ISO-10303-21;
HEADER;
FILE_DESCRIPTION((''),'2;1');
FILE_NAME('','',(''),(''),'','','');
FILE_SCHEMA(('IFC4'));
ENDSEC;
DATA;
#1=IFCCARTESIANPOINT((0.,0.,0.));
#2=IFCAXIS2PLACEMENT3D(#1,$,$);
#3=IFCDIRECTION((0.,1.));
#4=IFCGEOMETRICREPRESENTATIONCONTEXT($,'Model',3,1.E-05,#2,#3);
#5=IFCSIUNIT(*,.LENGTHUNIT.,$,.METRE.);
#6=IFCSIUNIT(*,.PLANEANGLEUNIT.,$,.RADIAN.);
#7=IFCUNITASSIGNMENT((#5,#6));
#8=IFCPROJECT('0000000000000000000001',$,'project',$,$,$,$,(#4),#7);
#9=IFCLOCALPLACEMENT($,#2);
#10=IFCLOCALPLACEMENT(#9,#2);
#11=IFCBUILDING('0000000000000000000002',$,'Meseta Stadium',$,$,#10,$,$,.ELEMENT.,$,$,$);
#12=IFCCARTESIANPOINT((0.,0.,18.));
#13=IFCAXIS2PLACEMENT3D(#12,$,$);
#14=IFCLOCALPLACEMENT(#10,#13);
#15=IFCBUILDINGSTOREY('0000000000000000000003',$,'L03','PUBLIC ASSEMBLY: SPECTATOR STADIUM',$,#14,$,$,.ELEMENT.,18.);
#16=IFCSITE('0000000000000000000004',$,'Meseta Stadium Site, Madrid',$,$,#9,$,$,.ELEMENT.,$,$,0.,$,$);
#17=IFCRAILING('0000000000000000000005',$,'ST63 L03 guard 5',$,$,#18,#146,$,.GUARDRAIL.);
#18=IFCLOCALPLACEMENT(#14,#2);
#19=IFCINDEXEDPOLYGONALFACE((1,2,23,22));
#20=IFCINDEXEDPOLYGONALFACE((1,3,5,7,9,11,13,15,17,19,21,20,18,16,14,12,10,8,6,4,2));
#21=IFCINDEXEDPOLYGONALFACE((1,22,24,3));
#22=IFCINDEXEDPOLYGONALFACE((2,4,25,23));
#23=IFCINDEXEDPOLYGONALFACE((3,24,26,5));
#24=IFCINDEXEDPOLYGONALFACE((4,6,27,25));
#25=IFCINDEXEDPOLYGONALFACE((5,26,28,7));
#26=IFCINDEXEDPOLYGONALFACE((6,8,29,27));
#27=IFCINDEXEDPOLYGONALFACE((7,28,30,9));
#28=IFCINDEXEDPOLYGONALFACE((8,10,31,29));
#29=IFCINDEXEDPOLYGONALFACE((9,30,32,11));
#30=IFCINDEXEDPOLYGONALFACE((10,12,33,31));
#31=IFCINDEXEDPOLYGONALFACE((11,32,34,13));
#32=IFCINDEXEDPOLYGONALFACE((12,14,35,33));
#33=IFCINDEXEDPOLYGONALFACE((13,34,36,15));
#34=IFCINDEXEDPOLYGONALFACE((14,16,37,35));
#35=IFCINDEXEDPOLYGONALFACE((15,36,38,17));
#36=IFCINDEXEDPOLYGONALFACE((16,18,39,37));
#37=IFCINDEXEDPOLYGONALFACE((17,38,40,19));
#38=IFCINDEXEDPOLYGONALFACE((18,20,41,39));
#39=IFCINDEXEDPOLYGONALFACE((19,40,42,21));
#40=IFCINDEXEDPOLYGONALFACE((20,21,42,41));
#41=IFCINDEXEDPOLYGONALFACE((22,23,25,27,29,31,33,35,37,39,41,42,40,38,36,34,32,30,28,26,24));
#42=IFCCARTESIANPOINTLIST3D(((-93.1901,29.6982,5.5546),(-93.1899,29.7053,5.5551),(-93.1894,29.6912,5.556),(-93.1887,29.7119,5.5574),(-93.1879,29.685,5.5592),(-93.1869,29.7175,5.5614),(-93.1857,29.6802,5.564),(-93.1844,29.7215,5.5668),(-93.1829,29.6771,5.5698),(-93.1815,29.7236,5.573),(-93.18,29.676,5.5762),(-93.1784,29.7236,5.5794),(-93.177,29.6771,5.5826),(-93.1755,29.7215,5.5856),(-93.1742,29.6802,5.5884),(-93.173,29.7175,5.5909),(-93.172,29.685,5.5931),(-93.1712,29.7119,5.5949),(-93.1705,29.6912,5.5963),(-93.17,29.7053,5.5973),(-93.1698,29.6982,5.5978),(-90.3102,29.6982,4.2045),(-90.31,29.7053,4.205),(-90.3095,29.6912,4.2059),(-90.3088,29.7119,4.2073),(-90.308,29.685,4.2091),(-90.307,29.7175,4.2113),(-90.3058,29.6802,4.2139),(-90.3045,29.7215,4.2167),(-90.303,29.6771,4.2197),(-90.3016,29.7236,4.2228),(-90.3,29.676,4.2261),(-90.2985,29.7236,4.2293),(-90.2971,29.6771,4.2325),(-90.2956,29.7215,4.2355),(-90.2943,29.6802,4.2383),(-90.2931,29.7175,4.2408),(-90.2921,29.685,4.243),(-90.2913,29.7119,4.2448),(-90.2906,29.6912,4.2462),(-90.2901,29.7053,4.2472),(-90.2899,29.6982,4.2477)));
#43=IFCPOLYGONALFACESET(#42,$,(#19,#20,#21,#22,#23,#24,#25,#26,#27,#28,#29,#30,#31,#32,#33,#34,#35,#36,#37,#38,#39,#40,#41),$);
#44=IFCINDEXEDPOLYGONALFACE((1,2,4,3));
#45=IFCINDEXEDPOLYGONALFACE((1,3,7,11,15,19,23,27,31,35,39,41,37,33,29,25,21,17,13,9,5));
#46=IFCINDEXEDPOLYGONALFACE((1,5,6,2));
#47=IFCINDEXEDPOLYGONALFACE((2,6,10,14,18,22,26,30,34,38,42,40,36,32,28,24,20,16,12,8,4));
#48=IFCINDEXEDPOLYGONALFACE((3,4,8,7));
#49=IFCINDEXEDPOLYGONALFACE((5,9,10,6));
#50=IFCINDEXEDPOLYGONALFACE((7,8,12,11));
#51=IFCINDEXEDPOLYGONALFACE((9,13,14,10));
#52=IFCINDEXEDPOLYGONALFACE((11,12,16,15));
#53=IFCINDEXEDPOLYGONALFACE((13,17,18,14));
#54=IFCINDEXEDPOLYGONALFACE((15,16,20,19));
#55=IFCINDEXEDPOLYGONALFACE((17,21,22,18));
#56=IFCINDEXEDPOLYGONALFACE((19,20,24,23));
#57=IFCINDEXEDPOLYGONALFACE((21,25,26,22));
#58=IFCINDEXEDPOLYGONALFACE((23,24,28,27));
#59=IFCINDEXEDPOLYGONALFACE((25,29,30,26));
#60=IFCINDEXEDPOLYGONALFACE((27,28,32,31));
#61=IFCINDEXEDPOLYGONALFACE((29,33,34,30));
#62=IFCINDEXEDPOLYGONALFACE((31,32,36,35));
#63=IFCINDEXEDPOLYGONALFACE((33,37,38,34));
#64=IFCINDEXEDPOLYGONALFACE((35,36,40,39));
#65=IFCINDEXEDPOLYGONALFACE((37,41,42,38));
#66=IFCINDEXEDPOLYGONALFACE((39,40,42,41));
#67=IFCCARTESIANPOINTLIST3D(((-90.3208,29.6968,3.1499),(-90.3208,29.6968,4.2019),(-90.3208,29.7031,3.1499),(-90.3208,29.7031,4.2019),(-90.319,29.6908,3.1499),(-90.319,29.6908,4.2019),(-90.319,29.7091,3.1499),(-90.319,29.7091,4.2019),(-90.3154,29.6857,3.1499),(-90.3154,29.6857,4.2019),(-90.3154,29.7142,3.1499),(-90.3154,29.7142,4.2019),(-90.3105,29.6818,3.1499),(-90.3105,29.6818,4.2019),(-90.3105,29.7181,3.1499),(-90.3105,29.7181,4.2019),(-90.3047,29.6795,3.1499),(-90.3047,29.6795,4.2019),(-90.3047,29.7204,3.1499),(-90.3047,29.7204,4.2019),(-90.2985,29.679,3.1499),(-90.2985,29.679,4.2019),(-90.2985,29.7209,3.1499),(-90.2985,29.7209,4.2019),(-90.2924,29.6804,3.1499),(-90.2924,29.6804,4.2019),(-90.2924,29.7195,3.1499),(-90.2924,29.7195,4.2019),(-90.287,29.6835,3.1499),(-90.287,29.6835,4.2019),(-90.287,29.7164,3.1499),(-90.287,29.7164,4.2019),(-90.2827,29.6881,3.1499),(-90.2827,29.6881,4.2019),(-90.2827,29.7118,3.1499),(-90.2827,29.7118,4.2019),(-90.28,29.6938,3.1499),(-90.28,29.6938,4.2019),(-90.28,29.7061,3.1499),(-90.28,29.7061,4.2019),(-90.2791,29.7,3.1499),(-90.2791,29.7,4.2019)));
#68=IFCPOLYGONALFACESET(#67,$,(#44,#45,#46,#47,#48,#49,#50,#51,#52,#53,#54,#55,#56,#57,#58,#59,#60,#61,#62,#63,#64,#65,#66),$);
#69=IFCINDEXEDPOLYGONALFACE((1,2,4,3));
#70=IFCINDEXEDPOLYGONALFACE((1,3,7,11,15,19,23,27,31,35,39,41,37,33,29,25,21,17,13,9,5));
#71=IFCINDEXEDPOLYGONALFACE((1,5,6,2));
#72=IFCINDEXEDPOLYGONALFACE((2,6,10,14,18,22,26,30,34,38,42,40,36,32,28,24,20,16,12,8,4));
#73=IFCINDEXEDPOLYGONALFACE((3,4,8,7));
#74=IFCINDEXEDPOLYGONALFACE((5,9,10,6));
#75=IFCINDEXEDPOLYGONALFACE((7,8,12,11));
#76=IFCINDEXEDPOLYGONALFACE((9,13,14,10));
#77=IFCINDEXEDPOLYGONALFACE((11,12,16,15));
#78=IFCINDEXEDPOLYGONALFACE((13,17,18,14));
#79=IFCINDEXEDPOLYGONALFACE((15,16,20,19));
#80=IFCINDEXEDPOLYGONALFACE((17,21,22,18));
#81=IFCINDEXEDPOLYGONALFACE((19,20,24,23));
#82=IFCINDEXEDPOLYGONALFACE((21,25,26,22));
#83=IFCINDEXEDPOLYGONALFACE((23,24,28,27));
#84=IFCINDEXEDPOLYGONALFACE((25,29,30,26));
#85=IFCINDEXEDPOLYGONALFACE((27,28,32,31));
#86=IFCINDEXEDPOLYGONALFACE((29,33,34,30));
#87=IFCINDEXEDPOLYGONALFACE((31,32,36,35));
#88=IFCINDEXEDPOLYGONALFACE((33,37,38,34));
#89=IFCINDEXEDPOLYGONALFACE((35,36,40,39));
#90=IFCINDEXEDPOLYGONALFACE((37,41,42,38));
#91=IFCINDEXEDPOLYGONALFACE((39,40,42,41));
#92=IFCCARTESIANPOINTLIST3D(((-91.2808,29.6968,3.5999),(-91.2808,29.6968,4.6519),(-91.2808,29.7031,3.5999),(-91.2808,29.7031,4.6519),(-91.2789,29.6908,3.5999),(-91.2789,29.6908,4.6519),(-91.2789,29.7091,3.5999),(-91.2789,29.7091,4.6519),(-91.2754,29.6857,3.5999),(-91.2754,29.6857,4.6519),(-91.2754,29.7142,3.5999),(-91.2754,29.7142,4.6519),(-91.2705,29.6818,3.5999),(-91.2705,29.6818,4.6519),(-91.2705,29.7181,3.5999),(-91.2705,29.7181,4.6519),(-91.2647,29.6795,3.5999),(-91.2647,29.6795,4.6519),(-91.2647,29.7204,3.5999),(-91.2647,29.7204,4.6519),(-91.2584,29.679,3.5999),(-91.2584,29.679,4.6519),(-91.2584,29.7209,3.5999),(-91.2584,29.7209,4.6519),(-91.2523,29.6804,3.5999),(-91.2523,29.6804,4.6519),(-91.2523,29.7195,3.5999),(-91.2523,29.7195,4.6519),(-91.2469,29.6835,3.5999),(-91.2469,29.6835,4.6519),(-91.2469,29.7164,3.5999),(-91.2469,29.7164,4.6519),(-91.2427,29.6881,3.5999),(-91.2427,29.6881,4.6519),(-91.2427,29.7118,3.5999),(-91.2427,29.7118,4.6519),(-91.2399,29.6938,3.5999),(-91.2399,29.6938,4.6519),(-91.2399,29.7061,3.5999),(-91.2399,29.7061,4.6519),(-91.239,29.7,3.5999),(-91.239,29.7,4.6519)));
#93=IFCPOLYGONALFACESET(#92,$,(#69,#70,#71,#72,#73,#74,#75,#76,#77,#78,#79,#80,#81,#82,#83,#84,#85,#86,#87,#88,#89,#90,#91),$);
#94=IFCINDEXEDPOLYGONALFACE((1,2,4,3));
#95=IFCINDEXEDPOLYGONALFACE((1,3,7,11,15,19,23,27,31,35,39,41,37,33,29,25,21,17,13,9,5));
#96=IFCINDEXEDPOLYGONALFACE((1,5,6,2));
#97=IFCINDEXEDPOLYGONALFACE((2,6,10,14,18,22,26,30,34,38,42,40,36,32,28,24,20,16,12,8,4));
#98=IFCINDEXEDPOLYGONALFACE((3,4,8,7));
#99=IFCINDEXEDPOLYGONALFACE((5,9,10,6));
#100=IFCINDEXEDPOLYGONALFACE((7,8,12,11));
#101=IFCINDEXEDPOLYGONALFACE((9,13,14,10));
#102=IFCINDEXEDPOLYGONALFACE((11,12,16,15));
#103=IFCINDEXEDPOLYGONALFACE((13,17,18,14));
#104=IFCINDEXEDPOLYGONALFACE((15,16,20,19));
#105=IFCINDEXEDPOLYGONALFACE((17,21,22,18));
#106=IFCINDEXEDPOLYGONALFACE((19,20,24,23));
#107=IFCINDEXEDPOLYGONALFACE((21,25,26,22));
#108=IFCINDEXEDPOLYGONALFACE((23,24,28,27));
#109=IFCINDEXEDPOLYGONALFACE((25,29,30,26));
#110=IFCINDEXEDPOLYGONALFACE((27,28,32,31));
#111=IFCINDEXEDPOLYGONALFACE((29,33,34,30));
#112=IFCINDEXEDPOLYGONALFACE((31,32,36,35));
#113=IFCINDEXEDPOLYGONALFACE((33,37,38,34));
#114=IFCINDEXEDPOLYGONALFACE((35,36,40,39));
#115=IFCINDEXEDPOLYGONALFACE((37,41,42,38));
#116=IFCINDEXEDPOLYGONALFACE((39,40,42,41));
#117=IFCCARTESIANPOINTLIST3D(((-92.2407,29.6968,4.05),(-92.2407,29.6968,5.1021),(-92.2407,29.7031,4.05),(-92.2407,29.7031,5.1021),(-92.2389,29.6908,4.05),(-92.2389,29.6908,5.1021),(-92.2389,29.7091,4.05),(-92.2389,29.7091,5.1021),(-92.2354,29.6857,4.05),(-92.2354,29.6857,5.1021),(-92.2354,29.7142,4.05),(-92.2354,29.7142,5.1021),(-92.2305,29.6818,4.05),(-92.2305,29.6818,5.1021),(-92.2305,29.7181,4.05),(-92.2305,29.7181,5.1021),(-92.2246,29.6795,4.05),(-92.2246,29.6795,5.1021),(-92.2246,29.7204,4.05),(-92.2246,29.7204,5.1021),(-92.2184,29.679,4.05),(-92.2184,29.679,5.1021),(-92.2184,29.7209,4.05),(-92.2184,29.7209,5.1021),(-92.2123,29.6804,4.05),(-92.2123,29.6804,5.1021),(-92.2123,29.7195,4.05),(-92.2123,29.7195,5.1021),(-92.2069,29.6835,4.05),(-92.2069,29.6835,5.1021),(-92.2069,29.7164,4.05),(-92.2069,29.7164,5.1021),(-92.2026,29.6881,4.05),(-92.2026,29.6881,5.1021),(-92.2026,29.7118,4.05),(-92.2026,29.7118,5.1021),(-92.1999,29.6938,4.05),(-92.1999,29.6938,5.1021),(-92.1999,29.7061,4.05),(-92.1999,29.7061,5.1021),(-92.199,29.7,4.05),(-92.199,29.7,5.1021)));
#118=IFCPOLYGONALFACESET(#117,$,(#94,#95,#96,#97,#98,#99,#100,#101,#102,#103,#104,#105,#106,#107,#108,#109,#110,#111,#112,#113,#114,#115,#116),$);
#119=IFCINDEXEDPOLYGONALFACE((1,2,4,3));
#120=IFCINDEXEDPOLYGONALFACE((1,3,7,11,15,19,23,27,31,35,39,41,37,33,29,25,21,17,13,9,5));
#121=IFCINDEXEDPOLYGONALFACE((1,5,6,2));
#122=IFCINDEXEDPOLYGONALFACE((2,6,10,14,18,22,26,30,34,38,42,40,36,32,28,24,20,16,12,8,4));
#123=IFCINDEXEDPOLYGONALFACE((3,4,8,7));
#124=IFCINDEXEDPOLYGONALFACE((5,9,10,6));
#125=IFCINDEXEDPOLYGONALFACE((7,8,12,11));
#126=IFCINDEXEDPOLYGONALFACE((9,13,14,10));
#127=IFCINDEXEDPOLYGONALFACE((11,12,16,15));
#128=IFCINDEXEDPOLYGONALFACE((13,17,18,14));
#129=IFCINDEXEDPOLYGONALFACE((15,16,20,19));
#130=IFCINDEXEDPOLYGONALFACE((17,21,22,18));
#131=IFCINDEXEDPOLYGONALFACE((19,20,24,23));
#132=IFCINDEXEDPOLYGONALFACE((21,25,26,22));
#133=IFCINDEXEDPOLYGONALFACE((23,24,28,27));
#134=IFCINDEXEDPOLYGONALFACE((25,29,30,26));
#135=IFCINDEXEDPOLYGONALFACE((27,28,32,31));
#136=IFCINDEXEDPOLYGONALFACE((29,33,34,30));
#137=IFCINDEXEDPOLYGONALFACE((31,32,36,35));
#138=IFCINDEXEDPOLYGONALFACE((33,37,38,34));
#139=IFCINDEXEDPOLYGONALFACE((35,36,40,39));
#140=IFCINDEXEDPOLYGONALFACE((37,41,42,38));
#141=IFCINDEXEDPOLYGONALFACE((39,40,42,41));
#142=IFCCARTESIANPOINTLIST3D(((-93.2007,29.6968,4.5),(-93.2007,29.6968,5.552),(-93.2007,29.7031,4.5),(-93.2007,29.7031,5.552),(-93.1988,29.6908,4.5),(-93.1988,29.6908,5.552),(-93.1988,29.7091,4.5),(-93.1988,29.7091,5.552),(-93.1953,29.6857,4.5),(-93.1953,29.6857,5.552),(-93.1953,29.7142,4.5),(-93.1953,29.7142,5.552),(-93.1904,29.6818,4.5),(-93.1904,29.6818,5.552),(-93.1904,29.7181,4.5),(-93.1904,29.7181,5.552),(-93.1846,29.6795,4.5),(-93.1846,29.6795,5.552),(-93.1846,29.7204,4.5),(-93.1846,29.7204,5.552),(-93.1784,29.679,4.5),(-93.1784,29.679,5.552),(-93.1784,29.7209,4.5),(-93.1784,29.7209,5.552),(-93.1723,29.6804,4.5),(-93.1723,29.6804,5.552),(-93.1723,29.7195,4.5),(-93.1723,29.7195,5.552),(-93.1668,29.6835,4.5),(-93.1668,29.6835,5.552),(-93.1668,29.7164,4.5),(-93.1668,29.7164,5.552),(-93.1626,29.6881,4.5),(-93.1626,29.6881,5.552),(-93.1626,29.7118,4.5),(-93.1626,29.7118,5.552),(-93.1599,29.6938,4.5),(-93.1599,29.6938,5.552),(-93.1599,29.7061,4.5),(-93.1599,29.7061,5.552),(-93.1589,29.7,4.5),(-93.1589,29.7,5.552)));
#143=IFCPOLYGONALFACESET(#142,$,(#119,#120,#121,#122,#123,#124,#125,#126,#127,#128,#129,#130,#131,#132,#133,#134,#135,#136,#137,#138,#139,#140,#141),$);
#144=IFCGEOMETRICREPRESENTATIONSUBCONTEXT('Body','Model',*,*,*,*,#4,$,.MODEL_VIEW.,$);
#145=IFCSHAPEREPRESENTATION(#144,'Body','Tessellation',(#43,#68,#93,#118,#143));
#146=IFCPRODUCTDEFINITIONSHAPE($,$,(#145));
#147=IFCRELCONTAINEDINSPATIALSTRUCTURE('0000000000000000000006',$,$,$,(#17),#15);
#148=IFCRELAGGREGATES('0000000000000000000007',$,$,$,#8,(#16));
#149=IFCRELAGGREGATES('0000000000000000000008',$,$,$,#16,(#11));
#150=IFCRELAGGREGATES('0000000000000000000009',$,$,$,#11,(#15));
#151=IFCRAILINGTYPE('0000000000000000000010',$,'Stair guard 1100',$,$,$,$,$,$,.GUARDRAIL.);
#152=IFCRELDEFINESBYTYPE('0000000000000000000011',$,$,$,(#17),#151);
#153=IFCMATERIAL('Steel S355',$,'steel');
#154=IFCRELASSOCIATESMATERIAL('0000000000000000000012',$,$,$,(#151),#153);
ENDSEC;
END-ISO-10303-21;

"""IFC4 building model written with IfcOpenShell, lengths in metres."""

from ifc_helpers import new_model, si_unit, direction, frame, origin, origin_2d, place, context, subcontext, project, spatial, circle, extrude, material, type_object, element, save


model = new_model("IFC4")

# Units and contexts
model_context = context("Model", 3, precision=1e-05, world=origin(), true_north=direction((0.0, 1.0)))
body_context = subcontext(model_context, "Body", "Model", "MODEL_VIEW")
ifc_project = project(units=[si_unit("LENGTHUNIT", "METRE"), si_unit("PLANEANGLEUNIT", "RADIAN")], contexts=[model_context])

# Site, building, storey
site_placement = place(None, origin())
site = spatial("IfcSite", under=ifc_project, at=site_placement, Name="Meseta Stadium Site, Madrid", CompositionType="ELEMENT", RefElevation=0.0)
building_placement = place(site_placement, origin())
building = spatial("IfcBuilding", under=site, at=building_placement, Name="Meseta Stadium", CompositionType="ELEMENT")
storey_placement = place(building_placement, frame((0.0, 0.0, 18.0)))
storey = spatial("IfcBuildingStorey", under=building, at=storey_placement, Name="L03", Description="PUBLIC ASSEMBLY: SPECTATOR STADIUM", CompositionType="ELEMENT", Elevation=18.0)

# Railing
ifc_material_1 = material(Name="Steel S355", Category="steel")
railing_type_1 = type_object("IfcRailingType", Name="Stair guard 1100", PredefinedType="GUARDRAIL", material=ifc_material_1)
railing_1_placement = place(storey_placement, frame((-90.3, 29.7, 3.1499)))
element("IfcRailing", 1, at=railing_1_placement, inside=storey, type_object=railing_type_1, Name="ST63 L03 guard 5", PredefinedType="GUARDRAIL", context=body_context, shape_type="SweptSolid", body=[
    extrude(circle(Radius=0.0239, at=origin_2d()), frame((0.0, 0.0, 1.0762), z_axis=(-0.90544, 0.0, 0.424473), x_axis=(0.0, -1.0, 0.0)), (0.0, 0.0, 1.0), 3.1807),
    extrude(circle(Radius=0.021, at=origin_2d()), origin(), (0.0, 0.0, 1.0), 1.052),
    extrude(circle(Radius=0.021, at=origin_2d()), frame((-0.96, 0.0, 0.45)), (0.0, 0.0, 1.0), 1.052),
    extrude(circle(Radius=0.021, at=origin_2d()), frame((-1.9199, 0.0, 0.9001)), (0.0, 0.0, 1.0), 1.052),
    extrude(circle(Radius=0.021, at=origin_2d()), frame((-2.8799, 0.0, 1.3501)), (0.0, 0.0, 1.0), 1.052),
])

save(model, "model.ifc")
